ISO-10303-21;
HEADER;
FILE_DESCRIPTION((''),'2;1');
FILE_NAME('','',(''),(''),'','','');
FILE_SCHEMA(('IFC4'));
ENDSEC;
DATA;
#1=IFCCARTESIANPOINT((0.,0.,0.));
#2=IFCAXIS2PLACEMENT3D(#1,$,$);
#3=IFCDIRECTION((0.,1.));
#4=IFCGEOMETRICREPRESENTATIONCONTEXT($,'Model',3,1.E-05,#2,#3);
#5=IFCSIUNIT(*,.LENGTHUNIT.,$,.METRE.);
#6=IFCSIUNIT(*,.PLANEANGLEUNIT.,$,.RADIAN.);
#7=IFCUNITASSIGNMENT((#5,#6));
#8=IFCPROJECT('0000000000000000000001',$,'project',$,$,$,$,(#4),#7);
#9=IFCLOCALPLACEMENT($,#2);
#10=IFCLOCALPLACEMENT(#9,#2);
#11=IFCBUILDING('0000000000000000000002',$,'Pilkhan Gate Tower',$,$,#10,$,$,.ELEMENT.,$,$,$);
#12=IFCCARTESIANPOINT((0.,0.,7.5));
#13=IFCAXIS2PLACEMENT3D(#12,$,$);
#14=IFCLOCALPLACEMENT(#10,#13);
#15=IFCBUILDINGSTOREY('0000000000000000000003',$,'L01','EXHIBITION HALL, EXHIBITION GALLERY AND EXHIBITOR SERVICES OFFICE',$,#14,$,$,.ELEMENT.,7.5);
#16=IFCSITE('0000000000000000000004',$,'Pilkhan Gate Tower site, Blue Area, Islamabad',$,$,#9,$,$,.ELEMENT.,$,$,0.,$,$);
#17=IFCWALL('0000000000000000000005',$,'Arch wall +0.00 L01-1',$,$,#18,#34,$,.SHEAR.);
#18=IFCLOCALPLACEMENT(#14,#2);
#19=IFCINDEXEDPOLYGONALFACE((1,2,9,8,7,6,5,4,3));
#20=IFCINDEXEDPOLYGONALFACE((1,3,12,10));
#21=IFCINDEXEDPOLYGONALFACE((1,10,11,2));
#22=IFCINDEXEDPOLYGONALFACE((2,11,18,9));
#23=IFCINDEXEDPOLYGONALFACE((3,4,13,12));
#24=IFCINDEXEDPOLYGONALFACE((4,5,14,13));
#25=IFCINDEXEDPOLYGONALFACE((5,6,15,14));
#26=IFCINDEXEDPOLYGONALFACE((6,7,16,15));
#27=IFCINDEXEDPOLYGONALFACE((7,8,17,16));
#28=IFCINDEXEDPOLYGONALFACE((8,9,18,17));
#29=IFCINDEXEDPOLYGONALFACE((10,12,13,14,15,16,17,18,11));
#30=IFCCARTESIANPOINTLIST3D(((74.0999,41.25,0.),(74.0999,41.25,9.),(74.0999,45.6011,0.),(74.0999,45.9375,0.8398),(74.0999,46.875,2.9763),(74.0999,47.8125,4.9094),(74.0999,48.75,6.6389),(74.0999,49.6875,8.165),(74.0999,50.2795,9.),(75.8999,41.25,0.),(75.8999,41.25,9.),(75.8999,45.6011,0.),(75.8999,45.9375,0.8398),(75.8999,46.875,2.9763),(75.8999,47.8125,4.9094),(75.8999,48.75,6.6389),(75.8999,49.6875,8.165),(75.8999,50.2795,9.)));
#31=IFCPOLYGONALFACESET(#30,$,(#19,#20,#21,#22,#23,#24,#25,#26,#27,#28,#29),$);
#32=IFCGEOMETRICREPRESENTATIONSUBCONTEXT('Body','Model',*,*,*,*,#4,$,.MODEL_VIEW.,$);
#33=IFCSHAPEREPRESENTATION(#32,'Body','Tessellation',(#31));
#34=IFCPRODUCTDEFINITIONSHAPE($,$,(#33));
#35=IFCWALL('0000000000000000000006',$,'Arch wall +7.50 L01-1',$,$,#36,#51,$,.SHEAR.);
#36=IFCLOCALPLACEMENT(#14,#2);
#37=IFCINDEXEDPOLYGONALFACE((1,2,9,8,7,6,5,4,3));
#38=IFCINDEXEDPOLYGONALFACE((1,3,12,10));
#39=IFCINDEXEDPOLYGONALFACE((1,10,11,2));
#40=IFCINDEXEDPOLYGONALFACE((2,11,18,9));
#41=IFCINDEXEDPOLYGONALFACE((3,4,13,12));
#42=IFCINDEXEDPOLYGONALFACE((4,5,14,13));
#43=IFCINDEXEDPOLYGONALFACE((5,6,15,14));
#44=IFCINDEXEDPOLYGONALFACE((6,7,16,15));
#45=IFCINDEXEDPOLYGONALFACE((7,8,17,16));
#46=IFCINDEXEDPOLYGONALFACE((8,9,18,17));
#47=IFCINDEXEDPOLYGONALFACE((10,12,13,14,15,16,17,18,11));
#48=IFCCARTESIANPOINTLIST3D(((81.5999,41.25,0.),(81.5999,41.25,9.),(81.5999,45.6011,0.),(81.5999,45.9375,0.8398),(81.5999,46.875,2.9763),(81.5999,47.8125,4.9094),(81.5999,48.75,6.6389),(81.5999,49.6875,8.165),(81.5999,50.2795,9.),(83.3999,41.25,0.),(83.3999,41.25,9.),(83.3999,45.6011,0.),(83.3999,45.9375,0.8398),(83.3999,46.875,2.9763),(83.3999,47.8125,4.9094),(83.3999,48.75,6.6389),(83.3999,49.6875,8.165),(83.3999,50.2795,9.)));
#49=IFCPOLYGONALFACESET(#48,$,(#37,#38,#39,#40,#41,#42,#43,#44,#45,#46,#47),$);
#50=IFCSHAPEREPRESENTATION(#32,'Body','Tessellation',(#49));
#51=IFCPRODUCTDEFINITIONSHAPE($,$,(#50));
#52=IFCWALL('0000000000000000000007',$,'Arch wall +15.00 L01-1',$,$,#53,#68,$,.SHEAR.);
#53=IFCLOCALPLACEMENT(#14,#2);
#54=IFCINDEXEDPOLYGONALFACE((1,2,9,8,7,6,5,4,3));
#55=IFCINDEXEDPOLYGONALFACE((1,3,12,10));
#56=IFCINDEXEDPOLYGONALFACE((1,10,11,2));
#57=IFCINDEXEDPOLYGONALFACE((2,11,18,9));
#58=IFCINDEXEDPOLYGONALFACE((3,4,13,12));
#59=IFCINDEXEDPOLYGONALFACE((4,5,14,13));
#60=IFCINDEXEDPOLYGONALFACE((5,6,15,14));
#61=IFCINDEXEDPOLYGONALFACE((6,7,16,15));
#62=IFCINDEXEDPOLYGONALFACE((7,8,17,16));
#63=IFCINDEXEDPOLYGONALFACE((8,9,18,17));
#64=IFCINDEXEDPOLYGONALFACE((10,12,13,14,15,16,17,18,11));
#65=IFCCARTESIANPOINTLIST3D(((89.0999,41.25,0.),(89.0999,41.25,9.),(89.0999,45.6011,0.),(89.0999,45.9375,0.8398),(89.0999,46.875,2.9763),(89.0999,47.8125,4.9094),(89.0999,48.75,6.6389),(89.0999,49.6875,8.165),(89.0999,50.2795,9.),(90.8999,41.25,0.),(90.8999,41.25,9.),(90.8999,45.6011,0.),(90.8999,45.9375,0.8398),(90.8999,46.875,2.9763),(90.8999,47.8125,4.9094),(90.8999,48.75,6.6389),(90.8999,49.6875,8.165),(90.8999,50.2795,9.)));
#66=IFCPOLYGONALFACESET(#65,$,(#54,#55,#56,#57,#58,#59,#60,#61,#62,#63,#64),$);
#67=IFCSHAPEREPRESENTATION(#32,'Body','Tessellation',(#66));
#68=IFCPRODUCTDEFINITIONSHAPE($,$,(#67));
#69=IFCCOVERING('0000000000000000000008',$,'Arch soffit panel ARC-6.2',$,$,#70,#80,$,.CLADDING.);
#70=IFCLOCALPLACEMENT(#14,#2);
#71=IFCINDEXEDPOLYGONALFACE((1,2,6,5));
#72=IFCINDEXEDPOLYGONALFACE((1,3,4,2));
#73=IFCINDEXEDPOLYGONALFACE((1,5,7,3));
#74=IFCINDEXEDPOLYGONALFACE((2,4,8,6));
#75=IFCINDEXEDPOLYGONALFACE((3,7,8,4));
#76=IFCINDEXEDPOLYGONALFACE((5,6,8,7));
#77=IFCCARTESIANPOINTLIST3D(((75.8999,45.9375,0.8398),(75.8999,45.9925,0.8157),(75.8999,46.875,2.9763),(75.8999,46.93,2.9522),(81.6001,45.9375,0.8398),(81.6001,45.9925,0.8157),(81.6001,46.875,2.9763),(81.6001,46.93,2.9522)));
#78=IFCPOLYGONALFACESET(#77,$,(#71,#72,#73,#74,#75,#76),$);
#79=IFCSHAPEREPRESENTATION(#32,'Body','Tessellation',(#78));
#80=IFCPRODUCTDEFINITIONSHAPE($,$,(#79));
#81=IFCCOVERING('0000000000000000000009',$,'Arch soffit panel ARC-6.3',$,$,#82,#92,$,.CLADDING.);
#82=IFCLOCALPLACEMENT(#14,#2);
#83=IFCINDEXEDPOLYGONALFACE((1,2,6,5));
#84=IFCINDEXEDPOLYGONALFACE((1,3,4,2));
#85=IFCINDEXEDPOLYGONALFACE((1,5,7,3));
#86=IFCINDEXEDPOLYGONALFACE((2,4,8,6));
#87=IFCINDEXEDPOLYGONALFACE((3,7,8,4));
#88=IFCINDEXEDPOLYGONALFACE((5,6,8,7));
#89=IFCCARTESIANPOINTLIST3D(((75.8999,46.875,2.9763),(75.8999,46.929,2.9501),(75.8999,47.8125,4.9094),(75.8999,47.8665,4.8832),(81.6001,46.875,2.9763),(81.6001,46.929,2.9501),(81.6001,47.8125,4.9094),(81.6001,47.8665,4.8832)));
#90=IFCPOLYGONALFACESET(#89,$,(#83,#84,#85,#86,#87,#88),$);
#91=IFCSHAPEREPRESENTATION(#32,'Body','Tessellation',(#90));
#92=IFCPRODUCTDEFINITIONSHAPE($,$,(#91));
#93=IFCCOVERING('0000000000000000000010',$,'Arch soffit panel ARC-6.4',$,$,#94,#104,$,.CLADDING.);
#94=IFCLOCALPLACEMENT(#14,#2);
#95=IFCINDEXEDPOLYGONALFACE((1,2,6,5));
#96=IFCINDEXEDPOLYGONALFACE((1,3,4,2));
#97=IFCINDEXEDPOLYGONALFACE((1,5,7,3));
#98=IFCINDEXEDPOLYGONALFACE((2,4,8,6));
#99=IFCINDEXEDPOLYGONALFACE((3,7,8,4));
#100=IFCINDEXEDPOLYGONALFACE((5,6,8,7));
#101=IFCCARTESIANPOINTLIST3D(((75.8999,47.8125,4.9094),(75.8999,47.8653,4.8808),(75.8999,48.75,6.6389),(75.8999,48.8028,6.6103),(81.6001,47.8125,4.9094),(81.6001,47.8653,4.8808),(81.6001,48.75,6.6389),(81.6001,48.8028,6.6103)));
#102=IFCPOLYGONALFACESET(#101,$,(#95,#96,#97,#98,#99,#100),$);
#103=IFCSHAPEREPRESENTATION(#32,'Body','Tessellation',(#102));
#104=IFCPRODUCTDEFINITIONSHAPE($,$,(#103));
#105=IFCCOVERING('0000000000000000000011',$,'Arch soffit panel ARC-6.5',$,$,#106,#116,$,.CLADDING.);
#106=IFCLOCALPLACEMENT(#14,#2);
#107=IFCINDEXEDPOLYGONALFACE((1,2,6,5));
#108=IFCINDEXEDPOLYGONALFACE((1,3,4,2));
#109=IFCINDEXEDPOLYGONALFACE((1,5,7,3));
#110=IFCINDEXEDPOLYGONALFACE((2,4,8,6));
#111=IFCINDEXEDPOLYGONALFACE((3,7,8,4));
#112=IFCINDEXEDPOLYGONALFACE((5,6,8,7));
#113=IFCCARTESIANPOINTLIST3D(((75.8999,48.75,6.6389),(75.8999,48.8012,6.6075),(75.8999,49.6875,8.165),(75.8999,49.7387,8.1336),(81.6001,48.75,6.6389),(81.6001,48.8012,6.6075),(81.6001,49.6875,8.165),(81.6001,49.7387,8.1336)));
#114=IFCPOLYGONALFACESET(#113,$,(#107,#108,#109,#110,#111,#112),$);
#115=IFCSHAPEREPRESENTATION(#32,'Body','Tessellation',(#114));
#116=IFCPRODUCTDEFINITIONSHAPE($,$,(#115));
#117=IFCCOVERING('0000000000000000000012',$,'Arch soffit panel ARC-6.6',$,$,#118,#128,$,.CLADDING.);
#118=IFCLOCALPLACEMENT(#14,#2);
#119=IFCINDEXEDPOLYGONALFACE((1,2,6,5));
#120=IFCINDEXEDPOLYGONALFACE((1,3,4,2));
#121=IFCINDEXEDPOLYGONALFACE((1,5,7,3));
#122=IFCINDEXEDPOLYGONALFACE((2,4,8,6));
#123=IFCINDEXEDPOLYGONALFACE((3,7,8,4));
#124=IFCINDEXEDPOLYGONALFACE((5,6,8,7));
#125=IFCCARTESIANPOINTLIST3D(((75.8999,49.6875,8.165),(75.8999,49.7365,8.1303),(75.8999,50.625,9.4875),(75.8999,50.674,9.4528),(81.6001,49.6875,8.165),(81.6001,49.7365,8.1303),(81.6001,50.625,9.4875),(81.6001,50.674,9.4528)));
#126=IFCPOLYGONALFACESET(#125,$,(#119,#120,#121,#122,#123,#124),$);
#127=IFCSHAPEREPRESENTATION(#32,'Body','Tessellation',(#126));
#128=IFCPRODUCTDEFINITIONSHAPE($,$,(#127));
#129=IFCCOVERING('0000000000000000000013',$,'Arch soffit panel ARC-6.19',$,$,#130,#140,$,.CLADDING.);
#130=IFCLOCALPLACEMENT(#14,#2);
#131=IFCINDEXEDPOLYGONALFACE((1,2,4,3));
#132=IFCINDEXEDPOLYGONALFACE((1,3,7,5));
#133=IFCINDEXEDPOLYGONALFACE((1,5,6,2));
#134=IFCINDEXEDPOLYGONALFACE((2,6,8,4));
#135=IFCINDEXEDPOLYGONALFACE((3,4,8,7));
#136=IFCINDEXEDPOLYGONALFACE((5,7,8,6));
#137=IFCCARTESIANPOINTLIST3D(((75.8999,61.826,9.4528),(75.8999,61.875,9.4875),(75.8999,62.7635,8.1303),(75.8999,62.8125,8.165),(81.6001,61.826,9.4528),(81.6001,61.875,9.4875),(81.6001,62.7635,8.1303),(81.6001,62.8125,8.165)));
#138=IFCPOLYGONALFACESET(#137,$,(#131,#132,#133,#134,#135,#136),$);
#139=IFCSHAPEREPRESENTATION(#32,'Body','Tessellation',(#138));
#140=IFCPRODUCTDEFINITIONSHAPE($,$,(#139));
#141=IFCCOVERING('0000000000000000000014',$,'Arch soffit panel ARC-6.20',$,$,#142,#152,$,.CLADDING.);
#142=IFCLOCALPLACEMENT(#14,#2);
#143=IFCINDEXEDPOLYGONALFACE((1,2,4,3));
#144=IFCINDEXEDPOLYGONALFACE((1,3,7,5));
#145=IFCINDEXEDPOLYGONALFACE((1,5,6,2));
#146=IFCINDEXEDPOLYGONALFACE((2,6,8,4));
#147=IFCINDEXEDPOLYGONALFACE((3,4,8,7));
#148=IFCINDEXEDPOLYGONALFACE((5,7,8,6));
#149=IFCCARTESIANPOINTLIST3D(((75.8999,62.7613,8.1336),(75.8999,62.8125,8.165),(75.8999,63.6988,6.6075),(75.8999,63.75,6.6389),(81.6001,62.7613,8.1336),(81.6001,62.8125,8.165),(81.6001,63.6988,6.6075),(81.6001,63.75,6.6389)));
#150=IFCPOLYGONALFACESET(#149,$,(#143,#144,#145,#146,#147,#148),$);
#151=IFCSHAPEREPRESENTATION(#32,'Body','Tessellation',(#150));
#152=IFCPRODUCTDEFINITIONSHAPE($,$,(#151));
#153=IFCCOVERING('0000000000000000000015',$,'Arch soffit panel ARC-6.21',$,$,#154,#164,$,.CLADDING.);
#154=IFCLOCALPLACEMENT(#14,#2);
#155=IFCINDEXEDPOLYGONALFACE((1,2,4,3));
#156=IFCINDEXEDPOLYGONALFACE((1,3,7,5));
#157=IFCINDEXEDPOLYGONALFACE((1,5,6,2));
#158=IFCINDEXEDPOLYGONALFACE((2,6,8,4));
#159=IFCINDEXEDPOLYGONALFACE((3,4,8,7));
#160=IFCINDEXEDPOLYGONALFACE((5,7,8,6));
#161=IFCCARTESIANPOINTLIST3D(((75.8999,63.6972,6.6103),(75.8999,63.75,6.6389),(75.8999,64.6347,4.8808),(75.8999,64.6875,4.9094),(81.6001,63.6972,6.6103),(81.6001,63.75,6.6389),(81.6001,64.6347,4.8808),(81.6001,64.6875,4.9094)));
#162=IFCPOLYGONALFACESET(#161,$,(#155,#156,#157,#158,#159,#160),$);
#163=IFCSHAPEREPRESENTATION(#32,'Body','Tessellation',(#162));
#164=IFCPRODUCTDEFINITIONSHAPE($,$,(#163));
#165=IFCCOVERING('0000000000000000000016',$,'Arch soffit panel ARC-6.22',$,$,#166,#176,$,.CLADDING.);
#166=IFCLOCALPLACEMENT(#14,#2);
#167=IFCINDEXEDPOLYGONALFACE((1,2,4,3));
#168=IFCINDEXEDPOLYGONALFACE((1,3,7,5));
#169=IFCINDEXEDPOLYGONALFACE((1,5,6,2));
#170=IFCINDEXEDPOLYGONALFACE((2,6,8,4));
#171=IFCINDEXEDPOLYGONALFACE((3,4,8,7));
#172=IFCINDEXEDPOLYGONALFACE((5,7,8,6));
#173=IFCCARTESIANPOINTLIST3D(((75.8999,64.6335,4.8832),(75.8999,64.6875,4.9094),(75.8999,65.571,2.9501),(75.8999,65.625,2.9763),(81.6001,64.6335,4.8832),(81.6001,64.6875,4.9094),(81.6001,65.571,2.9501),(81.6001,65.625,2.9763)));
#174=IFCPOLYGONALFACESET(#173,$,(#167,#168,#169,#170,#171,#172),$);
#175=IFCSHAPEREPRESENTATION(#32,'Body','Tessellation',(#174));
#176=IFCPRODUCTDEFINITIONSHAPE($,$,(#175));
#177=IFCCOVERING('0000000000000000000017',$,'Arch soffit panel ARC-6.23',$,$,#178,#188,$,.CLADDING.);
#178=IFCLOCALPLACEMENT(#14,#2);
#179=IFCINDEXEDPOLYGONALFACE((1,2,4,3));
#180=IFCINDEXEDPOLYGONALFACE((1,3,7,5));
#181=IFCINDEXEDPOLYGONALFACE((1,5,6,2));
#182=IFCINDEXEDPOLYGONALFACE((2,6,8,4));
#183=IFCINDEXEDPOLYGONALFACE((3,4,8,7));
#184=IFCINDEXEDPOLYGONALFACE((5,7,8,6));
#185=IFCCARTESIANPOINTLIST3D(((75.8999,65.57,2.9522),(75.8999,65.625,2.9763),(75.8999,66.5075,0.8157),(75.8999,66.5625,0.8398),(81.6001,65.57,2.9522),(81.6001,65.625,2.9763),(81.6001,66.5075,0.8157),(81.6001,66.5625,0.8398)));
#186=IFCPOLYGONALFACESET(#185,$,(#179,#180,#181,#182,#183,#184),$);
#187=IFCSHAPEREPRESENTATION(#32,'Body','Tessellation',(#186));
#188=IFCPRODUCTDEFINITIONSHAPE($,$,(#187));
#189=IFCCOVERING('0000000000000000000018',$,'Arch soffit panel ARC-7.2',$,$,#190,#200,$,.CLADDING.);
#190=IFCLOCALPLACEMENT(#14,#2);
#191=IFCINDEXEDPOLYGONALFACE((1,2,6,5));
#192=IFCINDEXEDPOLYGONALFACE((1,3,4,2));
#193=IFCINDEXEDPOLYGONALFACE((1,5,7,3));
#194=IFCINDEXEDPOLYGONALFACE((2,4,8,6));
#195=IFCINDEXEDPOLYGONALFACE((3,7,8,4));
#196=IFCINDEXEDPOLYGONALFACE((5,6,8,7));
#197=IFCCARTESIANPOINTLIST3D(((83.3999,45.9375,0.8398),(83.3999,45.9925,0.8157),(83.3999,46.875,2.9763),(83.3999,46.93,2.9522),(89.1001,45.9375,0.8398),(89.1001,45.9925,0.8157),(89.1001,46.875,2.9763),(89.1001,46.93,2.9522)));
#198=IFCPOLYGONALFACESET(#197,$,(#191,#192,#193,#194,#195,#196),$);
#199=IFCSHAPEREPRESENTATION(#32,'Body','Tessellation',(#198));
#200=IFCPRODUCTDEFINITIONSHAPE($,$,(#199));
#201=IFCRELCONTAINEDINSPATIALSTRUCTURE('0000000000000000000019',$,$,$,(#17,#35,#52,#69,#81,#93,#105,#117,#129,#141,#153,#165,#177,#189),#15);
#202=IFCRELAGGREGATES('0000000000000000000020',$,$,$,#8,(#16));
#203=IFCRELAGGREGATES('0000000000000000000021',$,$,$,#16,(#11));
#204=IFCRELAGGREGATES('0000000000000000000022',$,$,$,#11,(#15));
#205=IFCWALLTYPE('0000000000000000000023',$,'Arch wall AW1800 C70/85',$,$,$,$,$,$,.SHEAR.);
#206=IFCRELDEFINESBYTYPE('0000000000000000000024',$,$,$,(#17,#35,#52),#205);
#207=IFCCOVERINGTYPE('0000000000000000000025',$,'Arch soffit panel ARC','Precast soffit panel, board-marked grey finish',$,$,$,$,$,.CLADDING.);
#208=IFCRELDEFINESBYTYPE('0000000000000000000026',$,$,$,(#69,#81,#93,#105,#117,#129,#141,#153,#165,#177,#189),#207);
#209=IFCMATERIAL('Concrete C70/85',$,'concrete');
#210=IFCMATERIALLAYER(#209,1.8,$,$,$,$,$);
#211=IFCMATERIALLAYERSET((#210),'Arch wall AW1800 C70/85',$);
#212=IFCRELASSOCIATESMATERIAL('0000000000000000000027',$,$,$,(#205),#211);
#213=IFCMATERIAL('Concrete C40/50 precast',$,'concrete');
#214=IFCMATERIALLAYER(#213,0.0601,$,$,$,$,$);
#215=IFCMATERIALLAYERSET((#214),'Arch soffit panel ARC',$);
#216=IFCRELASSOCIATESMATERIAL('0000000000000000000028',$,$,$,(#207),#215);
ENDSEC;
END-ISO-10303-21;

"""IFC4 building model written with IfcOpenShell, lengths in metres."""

from ifc_helpers import new_model, si_unit, direction, frame, origin, place, context, subcontext, project, spatial, polyline, outline, extrude, material, layer, layer_set, type_object, element, save


model = new_model("IFC4")

# Units and contexts
model_context = context("Model", 3, precision=1e-05, world=origin(), true_north=direction((0.0, 1.0)))
body_context = subcontext(model_context, "Body", "Model", "MODEL_VIEW")
ifc_project = project(units=[si_unit("LENGTHUNIT", "METRE"), si_unit("PLANEANGLEUNIT", "RADIAN")], contexts=[model_context])

# Site, building, storey
site_placement = place(None, origin())
site = spatial("IfcSite", under=ifc_project, at=site_placement, Name="Pilkhan Gate Tower site, Blue Area, Islamabad", CompositionType="ELEMENT", RefElevation=0.0)
building_placement = place(site_placement, origin())
building = spatial("IfcBuilding", under=site, at=building_placement, Name="Pilkhan Gate Tower", CompositionType="ELEMENT")
storey_placement = place(building_placement, frame((0.0, 0.0, 7.5)))
storey = spatial("IfcBuildingStorey", under=building, at=storey_placement, Name="L01", Description="EXHIBITION HALL, EXHIBITION GALLERY AND EXHIBITOR SERVICES OFFICE", CompositionType="ELEMENT", Elevation=7.5)

# Walls
ifc_material_1 = material(Name="Concrete C70/85", Category="concrete")
ifc_layer_1 = layer(ifc_material_1, 1.8)
ifc_layer_set_1 = layer_set([ifc_layer_1], Name="Arch wall AW1800 C70/85")
wall_type = type_object("IfcWallType", Name="Arch wall AW1800 C70/85", PredefinedType="SHEAR", material=ifc_layer_set_1)
for number, where, z_axis, x_axis, name in (
    (1, (75.8999, 50.2795, 9.0), (1.0, 0.0, 0.0), (0.0, -1.0, 0.0), "Arch wall +0.00 L01-1"),
    (2, (83.3999, 50.2795, 9.0), (1.0, 0.0, 0.0), (0.0, -1.0, 0.0), "Arch wall +7.50 L01-1"),
    (3, (90.8999, 50.2795, 9.0), (1.0, 0.0, 0.0), (0.0, -1.0, 0.0), "Arch wall +15.00 L01-1"),
):
    element("IfcWall", number, at=place(storey_placement, frame(where, z_axis=z_axis, x_axis=x_axis)), inside=storey, type_object=wall_type, Name=name, PredefinedType="SHEAR", context=body_context, shape_type="SweptSolid", body=[
        extrude(outline(polyline([(0.0, 0.0), (9.0295, 0.0), (9.0295, 9.0), (4.6785, 9.0), (4.342, 8.1602), (3.4045, 6.0237), (2.467, 4.0906), (1.5295, 2.3611), (0.592, 0.835), (0.0, 0.0)])), origin(), (0.0, 0.0, -1.0), 1.8),
    ])

# Coverings
ifc_material_2 = material(Name="Concrete C40/50 precast", Category="concrete")
ifc_layer_2 = layer(ifc_material_2, 0.0601)
ifc_layer_set_2 = layer_set([ifc_layer_2], Name="Arch soffit panel ARC")
covering_type = type_object("IfcCoveringType", Name="Arch soffit panel ARC", Description="Precast soffit panel, board-marked grey finish", PredefinedType="CLADDING", material=ifc_layer_set_2)
covering_1_placement = place(storey_placement, frame((75.8999, 45.9375, 0.8398), z_axis=(0.0, -0.915717, 0.401823), x_axis=(1.0, 0.0, 0.0)))
element("IfcCovering", 4, at=covering_1_placement, inside=storey, type_object=covering_type, Name="Arch soffit panel ARC-6.2", PredefinedType="CLADDING", context=body_context, shape_type="SweptSolid", body=[
    extrude(outline(polyline([(0.0, 0.0), (5.7002, 0.0), (5.7002, 2.3331), (0.0, 2.3331), (0.0, 0.0)])), origin(), (0.0, 0.0, -1.0), 0.0601),
])
covering_2_placement = place(storey_placement, frame((75.8999, 46.875, 2.9763), z_axis=(0.0, -0.899771, 0.436363), x_axis=(1.0, 0.0, 0.0)))
element("IfcCovering", 5, at=covering_2_placement, inside=storey, type_object=covering_type, Name="Arch soffit panel ARC-6.3", PredefinedType="CLADDING", context=body_context, shape_type="SweptSolid", body=[
    extrude(outline(polyline([(0.0, 0.0), (5.7002, 0.0), (5.7002, 2.1484), (0.0, 2.1484), (0.0, 0.0)])), origin(), (0.0, 0.0, -1.0), 0.0601),
])
covering_3_placement = place(storey_placement, frame((75.8999, 47.8125, 4.9094), z_axis=(0.0, -0.879145, 0.476555), x_axis=(1.0, 0.0, 0.0)))
element("IfcCovering", 6, at=covering_3_placement, inside=storey, type_object=covering_type, Name="Arch soffit panel ARC-6.4", PredefinedType="CLADDING", context=body_context, shape_type="SweptSolid", body=[
    extrude(outline(polyline([(0.0, 0.0), (5.7002, 0.0), (5.7002, 1.9672), (0.0, 1.9672), (0.0, 0.0)])), origin(), (0.0, 0.0, -1.0), 0.0601),
])
covering_4_placement = place(storey_placement, frame((75.8999, 48.75, 6.6389), z_axis=(0.0, -0.85207, 0.523428), x_axis=(1.0, 0.0, 0.0)))
element("IfcCovering", 7, at=covering_4_placement, inside=storey, type_object=covering_type, Name="Arch soffit panel ARC-6.5", PredefinedType="CLADDING", context=body_context, shape_type="SweptSolid", body=[
    extrude(outline(polyline([(0.0, 0.0), (5.7002, 0.0), (5.7002, 1.7911), (0.0, 1.7911), (0.0, 0.0)])), origin(), (0.0, 0.0, -1.0), 0.0601),
])
for number, where, z_axis, x_axis, name in (
    (8, (75.8999, 49.6875, 8.165), (0.0, -0.815814, 0.578314), (1.0, 0.0, 0.0), "Arch soffit panel ARC-6.6"),
    (9, (75.8999, 61.875, 9.4875), (0.0, 0.815814, 0.578314), (1.0, 0.0, 0.0), "Arch soffit panel ARC-6.19"),
):
    element("IfcCovering", number, at=place(storey_placement, frame(where, z_axis=z_axis, x_axis=x_axis)), inside=storey, type_object=covering_type, Name=name, PredefinedType="CLADDING", context=body_context, shape_type="SweptSolid", body=[
        extrude(outline(polyline([(0.0, 0.0), (5.7002, 0.0), (5.7002, 1.6211), (0.0, 1.6211), (0.0, 0.0)])), origin(), (0.0, 0.0, -1.0), 0.0601),
    ])
covering_5_placement = place(storey_placement, frame((75.8999, 62.8125, 8.165), z_axis=(0.0, 0.85207, 0.523428), x_axis=(1.0, 0.0, 0.0)))
element("IfcCovering", 10, at=covering_5_placement, inside=storey, type_object=covering_type, Name="Arch soffit panel ARC-6.20", PredefinedType="CLADDING", context=body_context, shape_type="SweptSolid", body=[
    extrude(outline(polyline([(0.0, 0.0), (5.7002, 0.0), (5.7002, 1.7911), (0.0, 1.7911), (0.0, 0.0)])), origin(), (0.0, 0.0, -1.0), 0.0601),
])
covering_6_placement = place(storey_placement, frame((75.8999, 63.75, 6.6389), z_axis=(0.0, 0.879145, 0.476555), x_axis=(1.0, 0.0, 0.0)))
element("IfcCovering", 11, at=covering_6_placement, inside=storey, type_object=covering_type, Name="Arch soffit panel ARC-6.21", PredefinedType="CLADDING", context=body_context, shape_type="SweptSolid", body=[
    extrude(outline(polyline([(0.0, 0.0), (5.7002, 0.0), (5.7002, 1.9672), (0.0, 1.9672), (0.0, 0.0)])), origin(), (0.0, 0.0, -1.0), 0.0601),
])
covering_7_placement = place(storey_placement, frame((75.8999, 64.6875, 4.9094), z_axis=(0.0, 0.899771, 0.436363), x_axis=(1.0, 0.0, 0.0)))
element("IfcCovering", 12, at=covering_7_placement, inside=storey, type_object=covering_type, Name="Arch soffit panel ARC-6.22", PredefinedType="CLADDING", context=body_context, shape_type="SweptSolid", body=[
    extrude(outline(polyline([(0.0, 0.0), (5.7002, 0.0), (5.7002, 2.1484), (0.0, 2.1484), (0.0, 0.0)])), origin(), (0.0, 0.0, -1.0), 0.0601),
])
for number, where, z_axis, x_axis, name in (
    (13, (75.8999, 65.625, 2.9763), (0.0, 0.915717, 0.401823), (1.0, 0.0, 0.0), "Arch soffit panel ARC-6.23"),
    (14, (83.3999, 45.9375, 0.8398), (0.0, -0.915717, 0.401823), (1.0, 0.0, 0.0), "Arch soffit panel ARC-7.2"),
):
    element("IfcCovering", number, at=place(storey_placement, frame(where, z_axis=z_axis, x_axis=x_axis)), inside=storey, type_object=covering_type, Name=name, PredefinedType="CLADDING", context=body_context, shape_type="SweptSolid", body=[
        extrude(outline(polyline([(0.0, 0.0), (5.7002, 0.0), (5.7002, 2.3331), (0.0, 2.3331), (0.0, 0.0)])), origin(), (0.0, 0.0, -1.0), 0.0601),
    ])

save(model, "model.ifc")
